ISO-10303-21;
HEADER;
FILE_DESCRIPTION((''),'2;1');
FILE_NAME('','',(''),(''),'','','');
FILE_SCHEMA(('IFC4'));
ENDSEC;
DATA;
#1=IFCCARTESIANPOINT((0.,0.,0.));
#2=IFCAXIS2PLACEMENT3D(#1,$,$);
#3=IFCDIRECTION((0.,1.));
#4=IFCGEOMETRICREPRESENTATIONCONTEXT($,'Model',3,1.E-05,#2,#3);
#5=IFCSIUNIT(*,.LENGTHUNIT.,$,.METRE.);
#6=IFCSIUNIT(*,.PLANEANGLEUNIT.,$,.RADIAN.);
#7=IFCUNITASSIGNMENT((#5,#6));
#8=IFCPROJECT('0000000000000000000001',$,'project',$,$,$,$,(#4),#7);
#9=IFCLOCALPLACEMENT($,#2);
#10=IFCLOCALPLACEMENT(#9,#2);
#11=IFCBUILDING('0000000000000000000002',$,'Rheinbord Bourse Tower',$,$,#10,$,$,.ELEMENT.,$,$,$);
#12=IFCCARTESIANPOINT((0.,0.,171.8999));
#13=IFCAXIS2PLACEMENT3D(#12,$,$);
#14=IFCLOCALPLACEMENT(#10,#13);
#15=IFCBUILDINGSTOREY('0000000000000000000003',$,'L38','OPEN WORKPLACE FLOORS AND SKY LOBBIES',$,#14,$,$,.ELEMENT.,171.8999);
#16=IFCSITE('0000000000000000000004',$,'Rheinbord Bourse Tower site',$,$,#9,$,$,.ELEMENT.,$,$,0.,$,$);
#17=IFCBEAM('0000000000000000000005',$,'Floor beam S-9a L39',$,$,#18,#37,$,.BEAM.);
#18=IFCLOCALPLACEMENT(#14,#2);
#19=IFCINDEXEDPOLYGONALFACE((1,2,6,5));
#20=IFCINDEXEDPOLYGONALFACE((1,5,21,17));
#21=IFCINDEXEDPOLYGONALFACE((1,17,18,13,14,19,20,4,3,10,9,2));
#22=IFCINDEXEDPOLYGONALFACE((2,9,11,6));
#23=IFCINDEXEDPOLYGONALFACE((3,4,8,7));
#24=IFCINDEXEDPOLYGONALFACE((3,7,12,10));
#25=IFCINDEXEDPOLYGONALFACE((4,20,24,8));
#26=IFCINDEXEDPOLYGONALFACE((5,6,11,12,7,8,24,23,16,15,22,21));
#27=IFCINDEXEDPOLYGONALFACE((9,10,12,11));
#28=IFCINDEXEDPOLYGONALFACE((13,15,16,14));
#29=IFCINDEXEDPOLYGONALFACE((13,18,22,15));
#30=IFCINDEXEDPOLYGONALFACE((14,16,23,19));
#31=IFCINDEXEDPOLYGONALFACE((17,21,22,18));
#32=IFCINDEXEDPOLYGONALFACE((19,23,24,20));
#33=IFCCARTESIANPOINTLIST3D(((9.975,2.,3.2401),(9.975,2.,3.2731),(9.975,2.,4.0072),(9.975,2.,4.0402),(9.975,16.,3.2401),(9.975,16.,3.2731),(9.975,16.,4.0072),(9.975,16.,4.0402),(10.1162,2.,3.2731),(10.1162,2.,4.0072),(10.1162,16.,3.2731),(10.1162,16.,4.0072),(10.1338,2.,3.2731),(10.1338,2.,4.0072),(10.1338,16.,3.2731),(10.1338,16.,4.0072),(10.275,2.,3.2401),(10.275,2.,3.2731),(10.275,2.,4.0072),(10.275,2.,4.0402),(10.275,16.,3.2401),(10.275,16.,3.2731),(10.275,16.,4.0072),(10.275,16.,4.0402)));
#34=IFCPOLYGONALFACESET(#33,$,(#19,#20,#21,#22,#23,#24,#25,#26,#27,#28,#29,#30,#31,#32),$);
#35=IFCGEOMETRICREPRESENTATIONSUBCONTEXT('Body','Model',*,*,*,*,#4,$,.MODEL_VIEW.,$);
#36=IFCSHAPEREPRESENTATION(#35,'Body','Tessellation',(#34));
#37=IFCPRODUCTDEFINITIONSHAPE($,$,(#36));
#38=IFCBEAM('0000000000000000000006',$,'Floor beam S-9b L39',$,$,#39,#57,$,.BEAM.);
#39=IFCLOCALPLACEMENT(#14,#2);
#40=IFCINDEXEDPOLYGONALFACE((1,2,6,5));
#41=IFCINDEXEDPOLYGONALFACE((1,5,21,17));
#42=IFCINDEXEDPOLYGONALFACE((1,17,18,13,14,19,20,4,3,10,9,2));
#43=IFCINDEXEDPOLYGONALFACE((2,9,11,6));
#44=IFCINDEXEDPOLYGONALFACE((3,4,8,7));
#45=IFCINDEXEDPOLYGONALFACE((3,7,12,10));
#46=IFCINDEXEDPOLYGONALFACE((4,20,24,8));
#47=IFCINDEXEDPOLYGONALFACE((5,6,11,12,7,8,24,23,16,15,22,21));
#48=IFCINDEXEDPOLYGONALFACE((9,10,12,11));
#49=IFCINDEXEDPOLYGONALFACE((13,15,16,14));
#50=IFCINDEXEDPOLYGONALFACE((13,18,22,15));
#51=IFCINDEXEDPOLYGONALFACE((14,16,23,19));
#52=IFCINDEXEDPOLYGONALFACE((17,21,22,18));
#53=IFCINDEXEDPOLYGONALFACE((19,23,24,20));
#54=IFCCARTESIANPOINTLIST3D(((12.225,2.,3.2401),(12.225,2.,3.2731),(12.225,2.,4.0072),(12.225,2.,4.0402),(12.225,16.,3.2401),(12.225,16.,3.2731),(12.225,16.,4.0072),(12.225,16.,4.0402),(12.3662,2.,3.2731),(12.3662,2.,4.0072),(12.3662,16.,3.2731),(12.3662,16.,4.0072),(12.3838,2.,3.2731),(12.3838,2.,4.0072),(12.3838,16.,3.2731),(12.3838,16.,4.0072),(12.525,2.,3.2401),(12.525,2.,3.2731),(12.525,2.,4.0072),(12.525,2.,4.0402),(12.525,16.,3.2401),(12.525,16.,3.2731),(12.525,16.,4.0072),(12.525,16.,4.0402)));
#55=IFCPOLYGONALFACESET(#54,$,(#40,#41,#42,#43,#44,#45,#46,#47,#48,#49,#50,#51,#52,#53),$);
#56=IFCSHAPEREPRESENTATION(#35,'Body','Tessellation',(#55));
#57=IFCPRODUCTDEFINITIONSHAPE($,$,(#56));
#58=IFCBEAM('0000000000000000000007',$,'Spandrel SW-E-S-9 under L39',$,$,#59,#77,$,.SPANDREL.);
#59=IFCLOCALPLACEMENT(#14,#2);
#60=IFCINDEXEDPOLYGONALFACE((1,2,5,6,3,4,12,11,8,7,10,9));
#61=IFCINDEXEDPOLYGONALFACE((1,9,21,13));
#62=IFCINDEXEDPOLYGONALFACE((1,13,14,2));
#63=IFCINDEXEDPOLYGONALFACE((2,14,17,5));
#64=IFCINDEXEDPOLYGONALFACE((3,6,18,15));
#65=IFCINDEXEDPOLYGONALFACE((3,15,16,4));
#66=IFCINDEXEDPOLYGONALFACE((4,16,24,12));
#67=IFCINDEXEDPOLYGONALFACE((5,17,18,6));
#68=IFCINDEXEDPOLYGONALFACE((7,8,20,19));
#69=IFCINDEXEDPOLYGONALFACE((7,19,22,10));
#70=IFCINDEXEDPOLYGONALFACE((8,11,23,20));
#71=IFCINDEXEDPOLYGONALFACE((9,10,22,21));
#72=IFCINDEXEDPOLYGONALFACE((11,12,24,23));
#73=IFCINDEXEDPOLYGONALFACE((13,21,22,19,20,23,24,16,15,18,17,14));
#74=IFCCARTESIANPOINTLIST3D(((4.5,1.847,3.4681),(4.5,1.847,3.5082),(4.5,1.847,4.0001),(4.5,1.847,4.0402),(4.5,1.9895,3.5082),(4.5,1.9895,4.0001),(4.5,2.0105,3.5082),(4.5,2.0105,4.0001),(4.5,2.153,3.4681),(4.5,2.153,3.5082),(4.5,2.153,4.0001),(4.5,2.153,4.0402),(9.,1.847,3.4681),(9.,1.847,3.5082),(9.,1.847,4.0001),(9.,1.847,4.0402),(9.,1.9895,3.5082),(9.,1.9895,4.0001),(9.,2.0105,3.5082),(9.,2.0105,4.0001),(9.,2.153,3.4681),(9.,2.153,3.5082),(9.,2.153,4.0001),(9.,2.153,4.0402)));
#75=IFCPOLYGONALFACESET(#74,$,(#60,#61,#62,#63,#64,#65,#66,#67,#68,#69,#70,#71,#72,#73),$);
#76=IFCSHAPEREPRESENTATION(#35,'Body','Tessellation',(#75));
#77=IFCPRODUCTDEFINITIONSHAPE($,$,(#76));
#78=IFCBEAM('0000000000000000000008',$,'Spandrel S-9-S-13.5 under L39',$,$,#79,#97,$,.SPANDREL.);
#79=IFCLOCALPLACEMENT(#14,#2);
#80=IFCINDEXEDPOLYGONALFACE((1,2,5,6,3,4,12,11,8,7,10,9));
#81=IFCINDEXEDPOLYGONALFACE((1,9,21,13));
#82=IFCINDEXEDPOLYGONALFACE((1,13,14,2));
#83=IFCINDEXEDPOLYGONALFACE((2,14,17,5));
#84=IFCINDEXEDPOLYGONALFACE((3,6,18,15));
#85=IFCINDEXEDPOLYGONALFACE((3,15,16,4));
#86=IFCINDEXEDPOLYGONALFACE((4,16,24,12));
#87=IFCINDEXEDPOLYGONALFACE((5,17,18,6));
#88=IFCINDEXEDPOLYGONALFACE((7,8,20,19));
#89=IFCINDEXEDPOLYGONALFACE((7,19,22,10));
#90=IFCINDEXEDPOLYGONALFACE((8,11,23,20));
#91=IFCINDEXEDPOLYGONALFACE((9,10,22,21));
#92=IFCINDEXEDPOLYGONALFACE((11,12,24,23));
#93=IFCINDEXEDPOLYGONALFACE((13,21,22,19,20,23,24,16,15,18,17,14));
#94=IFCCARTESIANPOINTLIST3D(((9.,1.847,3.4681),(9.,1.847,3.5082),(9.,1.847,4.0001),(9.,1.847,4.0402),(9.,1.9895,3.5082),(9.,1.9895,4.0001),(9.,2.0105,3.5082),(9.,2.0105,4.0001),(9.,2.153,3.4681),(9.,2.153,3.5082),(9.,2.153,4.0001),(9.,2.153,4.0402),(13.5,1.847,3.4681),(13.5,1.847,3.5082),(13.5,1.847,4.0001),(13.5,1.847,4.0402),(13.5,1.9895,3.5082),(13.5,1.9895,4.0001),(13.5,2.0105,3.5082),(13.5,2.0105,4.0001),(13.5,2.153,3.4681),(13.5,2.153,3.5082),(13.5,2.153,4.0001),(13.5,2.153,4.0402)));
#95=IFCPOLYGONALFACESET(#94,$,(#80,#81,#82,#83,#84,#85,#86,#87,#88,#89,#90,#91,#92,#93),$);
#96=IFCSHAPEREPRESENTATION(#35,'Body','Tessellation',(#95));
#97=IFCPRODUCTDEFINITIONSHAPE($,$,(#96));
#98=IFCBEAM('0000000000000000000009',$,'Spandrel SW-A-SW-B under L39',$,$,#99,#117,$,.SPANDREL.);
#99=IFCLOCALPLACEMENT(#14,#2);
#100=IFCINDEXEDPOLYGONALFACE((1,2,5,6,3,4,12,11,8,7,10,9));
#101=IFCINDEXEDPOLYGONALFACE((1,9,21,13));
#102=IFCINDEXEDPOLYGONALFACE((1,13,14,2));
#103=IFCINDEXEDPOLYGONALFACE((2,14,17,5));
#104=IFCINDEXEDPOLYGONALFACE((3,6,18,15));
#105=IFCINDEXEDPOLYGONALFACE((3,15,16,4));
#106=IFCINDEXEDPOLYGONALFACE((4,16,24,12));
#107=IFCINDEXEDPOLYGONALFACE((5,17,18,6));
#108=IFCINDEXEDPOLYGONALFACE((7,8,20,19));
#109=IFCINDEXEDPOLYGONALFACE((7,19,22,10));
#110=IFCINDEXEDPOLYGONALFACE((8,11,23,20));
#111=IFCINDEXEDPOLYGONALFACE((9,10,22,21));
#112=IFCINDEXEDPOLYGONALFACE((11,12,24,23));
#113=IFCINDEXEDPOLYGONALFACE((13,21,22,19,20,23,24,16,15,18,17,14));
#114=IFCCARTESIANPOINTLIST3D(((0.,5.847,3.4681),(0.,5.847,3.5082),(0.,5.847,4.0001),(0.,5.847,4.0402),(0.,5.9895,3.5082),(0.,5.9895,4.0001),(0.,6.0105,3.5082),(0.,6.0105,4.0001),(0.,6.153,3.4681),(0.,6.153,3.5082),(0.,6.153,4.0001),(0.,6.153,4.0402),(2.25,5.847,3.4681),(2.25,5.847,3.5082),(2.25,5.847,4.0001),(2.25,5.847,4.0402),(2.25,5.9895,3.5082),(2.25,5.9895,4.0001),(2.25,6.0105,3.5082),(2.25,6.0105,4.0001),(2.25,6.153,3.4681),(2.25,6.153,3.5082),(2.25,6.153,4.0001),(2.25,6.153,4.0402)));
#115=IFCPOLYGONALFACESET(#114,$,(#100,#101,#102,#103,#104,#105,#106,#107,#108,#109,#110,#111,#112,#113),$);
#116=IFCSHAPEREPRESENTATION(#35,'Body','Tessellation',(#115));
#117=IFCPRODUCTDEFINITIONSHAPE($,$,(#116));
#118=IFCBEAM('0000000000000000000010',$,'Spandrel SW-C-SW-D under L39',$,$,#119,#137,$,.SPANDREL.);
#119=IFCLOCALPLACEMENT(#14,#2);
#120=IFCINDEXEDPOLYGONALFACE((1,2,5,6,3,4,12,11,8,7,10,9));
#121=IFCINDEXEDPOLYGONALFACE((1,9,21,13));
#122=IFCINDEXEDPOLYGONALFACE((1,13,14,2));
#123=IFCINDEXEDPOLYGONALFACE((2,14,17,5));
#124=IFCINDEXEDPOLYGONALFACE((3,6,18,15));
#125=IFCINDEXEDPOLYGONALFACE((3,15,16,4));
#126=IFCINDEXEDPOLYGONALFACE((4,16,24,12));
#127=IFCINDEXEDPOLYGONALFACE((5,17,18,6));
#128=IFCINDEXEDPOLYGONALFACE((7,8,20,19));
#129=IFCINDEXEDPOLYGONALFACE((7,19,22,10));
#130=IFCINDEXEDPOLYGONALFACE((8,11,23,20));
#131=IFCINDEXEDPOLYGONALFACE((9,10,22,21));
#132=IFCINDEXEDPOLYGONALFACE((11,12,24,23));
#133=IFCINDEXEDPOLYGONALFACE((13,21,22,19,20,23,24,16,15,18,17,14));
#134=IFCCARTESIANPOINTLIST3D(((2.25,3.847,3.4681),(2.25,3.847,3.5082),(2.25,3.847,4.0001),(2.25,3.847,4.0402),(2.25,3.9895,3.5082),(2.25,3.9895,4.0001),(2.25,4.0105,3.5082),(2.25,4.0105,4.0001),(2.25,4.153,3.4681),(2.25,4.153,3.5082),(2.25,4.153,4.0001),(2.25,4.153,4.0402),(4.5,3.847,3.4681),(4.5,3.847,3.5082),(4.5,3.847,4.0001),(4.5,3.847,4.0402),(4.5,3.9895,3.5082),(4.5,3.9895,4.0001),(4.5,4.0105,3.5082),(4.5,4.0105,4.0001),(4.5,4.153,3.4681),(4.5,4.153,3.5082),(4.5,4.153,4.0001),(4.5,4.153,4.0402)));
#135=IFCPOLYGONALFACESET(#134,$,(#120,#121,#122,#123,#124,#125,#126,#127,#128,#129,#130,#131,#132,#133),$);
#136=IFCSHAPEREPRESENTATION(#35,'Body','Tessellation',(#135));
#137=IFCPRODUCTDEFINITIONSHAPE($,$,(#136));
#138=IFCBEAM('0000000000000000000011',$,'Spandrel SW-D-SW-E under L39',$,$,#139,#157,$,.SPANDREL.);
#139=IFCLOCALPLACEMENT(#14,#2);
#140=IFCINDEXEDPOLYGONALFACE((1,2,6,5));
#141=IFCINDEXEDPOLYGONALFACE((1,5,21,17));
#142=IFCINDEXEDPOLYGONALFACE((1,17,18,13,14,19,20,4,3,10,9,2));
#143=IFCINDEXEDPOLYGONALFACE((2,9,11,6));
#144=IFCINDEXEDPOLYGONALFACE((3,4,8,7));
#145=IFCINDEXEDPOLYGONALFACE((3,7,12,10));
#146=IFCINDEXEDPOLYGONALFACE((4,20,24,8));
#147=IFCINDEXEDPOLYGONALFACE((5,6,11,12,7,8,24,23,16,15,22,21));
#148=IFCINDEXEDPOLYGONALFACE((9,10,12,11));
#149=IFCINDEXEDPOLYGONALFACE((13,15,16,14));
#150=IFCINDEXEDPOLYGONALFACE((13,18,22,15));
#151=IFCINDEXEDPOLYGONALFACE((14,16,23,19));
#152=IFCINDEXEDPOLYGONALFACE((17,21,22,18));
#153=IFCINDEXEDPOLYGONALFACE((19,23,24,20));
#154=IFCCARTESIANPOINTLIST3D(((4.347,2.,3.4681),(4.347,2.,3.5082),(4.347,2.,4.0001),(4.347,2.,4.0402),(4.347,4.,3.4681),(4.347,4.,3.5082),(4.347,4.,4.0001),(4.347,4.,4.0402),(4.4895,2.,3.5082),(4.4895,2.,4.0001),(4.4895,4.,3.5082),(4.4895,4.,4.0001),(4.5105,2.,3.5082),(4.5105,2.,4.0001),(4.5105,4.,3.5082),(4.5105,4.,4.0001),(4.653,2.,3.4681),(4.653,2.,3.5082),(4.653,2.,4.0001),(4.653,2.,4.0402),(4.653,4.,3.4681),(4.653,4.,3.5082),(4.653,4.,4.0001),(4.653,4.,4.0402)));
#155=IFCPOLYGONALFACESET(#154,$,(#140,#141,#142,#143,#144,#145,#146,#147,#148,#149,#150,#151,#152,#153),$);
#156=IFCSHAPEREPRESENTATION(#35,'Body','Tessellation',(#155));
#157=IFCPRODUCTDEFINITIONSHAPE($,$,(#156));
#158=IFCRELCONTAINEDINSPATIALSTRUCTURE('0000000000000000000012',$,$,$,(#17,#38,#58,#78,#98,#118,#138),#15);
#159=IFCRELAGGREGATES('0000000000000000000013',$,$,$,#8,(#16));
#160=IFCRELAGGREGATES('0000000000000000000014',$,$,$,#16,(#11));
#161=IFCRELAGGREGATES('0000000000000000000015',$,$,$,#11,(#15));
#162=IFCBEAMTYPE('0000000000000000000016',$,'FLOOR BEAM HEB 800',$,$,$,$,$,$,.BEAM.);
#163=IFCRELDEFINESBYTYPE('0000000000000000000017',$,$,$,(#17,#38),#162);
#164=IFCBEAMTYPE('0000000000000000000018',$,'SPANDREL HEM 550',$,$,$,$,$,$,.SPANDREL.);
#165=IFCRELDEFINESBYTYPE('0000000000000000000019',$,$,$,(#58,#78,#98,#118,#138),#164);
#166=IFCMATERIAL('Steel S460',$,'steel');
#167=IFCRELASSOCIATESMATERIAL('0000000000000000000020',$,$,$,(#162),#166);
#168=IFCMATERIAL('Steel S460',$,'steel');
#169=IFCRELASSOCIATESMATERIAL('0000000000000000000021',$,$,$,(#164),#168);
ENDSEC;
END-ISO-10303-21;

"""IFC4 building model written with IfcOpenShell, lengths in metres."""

from ifc_helpers import new_model, si_unit, direction, frame, origin, origin_2d, place, context, subcontext, project, spatial, i_section, extrude, material, material_profile, profile_set, type_object, element, save


model = new_model("IFC4")

# Units and contexts
model_context = context("Model", 3, precision=1e-05, world=origin(), true_north=direction((0.0, 1.0)))
body_context = subcontext(model_context, "Body", "Model", "MODEL_VIEW")
ifc_project = project(units=[si_unit("LENGTHUNIT", "METRE"), si_unit("PLANEANGLEUNIT", "RADIAN")], contexts=[model_context])

# Site, building, storey
site_placement = place(None, origin())
site = spatial("IfcSite", under=ifc_project, at=site_placement, Name="Rheinbord Bourse Tower site", CompositionType="ELEMENT", RefElevation=0.0)
building_placement = place(site_placement, origin())
building = spatial("IfcBuilding", under=site, at=building_placement, Name="Rheinbord Bourse Tower", CompositionType="ELEMENT")
storey_placement = place(building_placement, frame((0.0, 0.0, 171.8999)))
storey = spatial("IfcBuildingStorey", under=building, at=storey_placement, Name="L38", Description="OPEN WORKPLACE FLOORS AND SKY LOBBIES", CompositionType="ELEMENT", Elevation=171.8999)

# Beams
ifc_material_1 = material(Name="Steel S460", Category="steel")
ifc_material_profile_1 = material_profile(ifc_material_1, i_section(OverallWidth=0.3, OverallDepth=0.8, WebThickness=0.0176, FlangeThickness=0.033, at=origin_2d()), Name="HEB 800")
ifc_profile_set_1 = profile_set([ifc_material_profile_1], Name="Steel S460")
beam_type_1 = type_object("IfcBeamType", Name="FLOOR BEAM HEB 800", PredefinedType="BEAM", material=ifc_profile_set_1)
for number, where, z_axis, x_axis, name in (
    (1, (10.125, 2.0, 3.6401), (0.0, 1.0, 0.0), (-1.0, 0.0, 0.0), "Floor beam S-9a L39"),
    (2, (12.375, 2.0, 3.6401), (0.0, 1.0, 0.0), (-1.0, 0.0, 0.0), "Floor beam S-9b L39"),
):
    element("IfcBeam", number, at=place(storey_placement, frame(where, z_axis=z_axis, x_axis=x_axis)), inside=storey, type_object=beam_type_1, Name=name, PredefinedType="BEAM", context=body_context, shape_type="SweptSolid", body=[
        extrude(i_section(OverallWidth=0.3, OverallDepth=0.8, WebThickness=0.0176, FlangeThickness=0.033, at=origin_2d()), origin(), (0.0, 0.0, 1.0), 14.0),
    ])
ifc_material_2 = material(Name="Steel S460", Category="steel")
ifc_material_profile_2 = material_profile(ifc_material_2, i_section(OverallWidth=0.3059, OverallDepth=0.572, WebThickness=0.021, FlangeThickness=0.04, at=origin_2d()), Name="HEM 550")
ifc_profile_set_2 = profile_set([ifc_material_profile_2], Name="Steel S460")
beam_type_2 = type_object("IfcBeamType", Name="SPANDREL HEM 550", PredefinedType="SPANDREL", material=ifc_profile_set_2)
for number, where, z_axis, x_axis, name in (
    (3, (4.5, 2.0, 3.7542), (1.0, 0.0, 0.0), (0.0, 1.0, 0.0), "Spandrel SW-E-S-9 under L39"),
    (4, (9.0, 2.0, 3.7542), (1.0, 0.0, 0.0), (0.0, 1.0, 0.0), "Spandrel S-9-S-13.5 under L39"),
):
    element("IfcBeam", number, at=place(storey_placement, frame(where, z_axis=z_axis, x_axis=x_axis)), inside=storey, type_object=beam_type_2, Name=name, PredefinedType="SPANDREL", context=body_context, shape_type="SweptSolid", body=[
        extrude(i_section(OverallWidth=0.3059, OverallDepth=0.572, WebThickness=0.021, FlangeThickness=0.04, at=origin_2d()), origin(), (0.0, 0.0, 1.0), 4.5),
    ])
for number, where, z_axis, x_axis, name in (
    (5, (0.0, 6.0, 3.7542), (1.0, 0.0, 0.0), (0.0, 1.0, 0.0), "Spandrel SW-A-SW-B under L39"),
    (6, (2.25, 4.0, 3.7542), (1.0, 0.0, 0.0), (0.0, 1.0, 0.0), "Spandrel SW-C-SW-D under L39"),
):
    element("IfcBeam", number, at=place(storey_placement, frame(where, z_axis=z_axis, x_axis=x_axis)), inside=storey, type_object=beam_type_2, Name=name, PredefinedType="SPANDREL", context=body_context, shape_type="SweptSolid", body=[
        extrude(i_section(OverallWidth=0.3059, OverallDepth=0.572, WebThickness=0.021, FlangeThickness=0.04, at=origin_2d()), origin(), (0.0, 0.0, 1.0), 2.25),
    ])
beam_placement = place(storey_placement, frame((4.5, 4.0, 3.7542), z_axis=(0.0, -1.0, 0.0), x_axis=(1.0, 0.0, 0.0)))
element("IfcBeam", 7, at=beam_placement, inside=storey, type_object=beam_type_2, Name="Spandrel SW-D-SW-E under L39", PredefinedType="SPANDREL", context=body_context, shape_type="SweptSolid", body=[
    extrude(i_section(OverallWidth=0.3059, OverallDepth=0.572, WebThickness=0.021, FlangeThickness=0.04, at=origin_2d()), origin(), (0.0, 0.0, 1.0), 2.0),
])

save(model, "model.ifc")
